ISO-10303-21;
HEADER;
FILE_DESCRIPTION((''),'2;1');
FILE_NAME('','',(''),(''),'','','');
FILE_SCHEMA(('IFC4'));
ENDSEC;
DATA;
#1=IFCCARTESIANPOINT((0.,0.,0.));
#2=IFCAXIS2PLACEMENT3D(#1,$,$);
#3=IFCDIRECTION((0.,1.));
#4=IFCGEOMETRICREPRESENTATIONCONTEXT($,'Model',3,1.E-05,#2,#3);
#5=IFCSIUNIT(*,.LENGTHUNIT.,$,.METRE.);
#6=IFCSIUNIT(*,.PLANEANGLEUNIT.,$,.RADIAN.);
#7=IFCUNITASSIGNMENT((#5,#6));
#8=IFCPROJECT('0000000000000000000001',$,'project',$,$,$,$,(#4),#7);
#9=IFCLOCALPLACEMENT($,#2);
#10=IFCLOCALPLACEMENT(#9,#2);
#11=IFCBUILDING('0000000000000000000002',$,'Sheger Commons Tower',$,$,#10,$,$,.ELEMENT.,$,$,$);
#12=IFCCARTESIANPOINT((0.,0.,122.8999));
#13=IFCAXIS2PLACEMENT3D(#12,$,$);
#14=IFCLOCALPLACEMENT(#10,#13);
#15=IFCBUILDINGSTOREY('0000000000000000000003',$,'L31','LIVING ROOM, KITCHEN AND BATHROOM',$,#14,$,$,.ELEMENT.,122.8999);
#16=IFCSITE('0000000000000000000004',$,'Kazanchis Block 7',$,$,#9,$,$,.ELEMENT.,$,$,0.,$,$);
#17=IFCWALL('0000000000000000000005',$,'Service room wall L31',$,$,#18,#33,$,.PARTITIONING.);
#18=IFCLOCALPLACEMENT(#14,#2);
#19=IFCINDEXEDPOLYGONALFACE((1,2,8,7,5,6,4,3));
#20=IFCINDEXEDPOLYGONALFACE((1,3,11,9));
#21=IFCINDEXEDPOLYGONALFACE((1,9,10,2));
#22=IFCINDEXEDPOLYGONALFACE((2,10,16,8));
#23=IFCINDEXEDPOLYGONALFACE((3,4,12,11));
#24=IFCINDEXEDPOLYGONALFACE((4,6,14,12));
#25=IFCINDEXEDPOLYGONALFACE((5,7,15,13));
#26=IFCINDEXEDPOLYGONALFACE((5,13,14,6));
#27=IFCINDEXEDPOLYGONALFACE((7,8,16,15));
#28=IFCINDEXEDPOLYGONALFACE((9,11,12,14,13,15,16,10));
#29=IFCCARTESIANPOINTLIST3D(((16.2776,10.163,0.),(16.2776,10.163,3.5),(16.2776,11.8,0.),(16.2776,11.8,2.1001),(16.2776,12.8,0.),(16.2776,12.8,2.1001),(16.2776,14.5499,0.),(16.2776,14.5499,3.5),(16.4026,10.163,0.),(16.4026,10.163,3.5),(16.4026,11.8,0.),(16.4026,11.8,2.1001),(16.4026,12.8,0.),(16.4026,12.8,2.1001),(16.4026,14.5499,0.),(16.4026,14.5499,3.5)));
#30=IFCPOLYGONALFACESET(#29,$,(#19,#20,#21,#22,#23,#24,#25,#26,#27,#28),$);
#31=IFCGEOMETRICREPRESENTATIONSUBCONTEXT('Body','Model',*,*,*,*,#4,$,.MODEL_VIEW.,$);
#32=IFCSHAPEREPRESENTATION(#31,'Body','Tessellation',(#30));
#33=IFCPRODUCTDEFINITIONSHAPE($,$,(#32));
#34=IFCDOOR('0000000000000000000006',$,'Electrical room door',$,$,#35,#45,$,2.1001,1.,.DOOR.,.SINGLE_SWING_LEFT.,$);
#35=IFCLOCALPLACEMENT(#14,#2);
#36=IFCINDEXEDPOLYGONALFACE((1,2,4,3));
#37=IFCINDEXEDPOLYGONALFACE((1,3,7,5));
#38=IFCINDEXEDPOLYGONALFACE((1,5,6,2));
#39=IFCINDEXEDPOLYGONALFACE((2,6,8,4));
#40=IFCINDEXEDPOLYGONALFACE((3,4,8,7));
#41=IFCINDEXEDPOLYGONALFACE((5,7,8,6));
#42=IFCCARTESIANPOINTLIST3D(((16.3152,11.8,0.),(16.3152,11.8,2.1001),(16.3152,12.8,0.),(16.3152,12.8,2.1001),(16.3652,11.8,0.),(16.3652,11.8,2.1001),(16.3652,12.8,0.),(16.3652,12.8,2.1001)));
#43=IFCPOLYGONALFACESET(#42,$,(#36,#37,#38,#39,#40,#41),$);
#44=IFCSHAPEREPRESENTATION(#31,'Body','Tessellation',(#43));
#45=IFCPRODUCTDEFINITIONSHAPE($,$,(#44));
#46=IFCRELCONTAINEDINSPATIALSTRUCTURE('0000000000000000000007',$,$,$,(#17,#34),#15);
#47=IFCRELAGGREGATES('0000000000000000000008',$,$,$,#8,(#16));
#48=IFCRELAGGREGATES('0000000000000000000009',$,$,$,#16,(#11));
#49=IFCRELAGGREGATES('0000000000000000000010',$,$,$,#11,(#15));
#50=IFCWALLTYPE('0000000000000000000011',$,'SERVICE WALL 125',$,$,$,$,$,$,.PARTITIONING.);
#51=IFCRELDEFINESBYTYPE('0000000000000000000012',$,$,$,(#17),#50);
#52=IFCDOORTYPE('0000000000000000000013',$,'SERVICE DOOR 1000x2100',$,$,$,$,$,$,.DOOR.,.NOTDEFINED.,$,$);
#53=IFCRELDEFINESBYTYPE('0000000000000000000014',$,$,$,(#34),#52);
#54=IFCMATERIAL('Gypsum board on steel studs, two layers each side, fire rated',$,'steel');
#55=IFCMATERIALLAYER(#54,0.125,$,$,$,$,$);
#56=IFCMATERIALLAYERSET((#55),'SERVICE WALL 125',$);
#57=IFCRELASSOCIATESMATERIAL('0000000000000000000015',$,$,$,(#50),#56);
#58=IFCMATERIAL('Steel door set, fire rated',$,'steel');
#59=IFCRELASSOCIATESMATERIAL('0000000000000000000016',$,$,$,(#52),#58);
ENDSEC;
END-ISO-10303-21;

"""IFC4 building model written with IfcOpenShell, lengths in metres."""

from ifc_helpers import new_model, si_unit, direction, frame, frame_2d, origin, place, context, subcontext, project, spatial, rectangle, extrude, material, layer, layer_set, type_object, element, fill, save


model = new_model("IFC4")

# Units and contexts
model_context = context("Model", 3, precision=1e-05, world=origin(), true_north=direction((0.0, 1.0)))
body_context = subcontext(model_context, "Body", "Model", "MODEL_VIEW")
ifc_project = project(units=[si_unit("LENGTHUNIT", "METRE"), si_unit("PLANEANGLEUNIT", "RADIAN")], contexts=[model_context])

# Site, building, storey
site_placement = place(None, origin())
site = spatial("IfcSite", under=ifc_project, at=site_placement, Name="Kazanchis Block 7", CompositionType="ELEMENT", RefElevation=0.0)
building_placement = place(site_placement, origin())
building = spatial("IfcBuilding", under=site, at=building_placement, Name="Sheger Commons Tower", CompositionType="ELEMENT")
storey_placement = place(building_placement, frame((0.0, 0.0, 122.8999)))
storey = spatial("IfcBuildingStorey", under=building, at=storey_placement, Name="L31", Description="LIVING ROOM, KITCHEN AND BATHROOM", CompositionType="ELEMENT", Elevation=122.8999)

# Shared definitions
ifc_material_1 = material(Name="Gypsum board on steel studs, two layers each side, fire rated", Category="steel")
ifc_layer_1 = layer(ifc_material_1, 0.125)
ifc_layer_set_1 = layer_set([ifc_layer_1], Name="SERVICE WALL 125")
wall_type_1 = type_object("IfcWallType", Name="SERVICE WALL 125", PredefinedType="PARTITIONING", material=ifc_layer_set_1)
ifc_material_2 = material(Name="Steel door set, fire rated", Category="steel")
door_type_1 = type_object("IfcDoorType", Name="SERVICE DOOR 1000x2100", OperationType="NOTDEFINED", PredefinedType="DOOR", material=ifc_material_2)

# Wall, opening, door
wall_1_placement = place(storey_placement, frame((16.3401, 10.1631, 0.0), z_axis=(0.0, 0.0, 1.0), x_axis=(0.0, 1.0, 0.0)))
wall_1 = element("IfcWall", 1, at=wall_1_placement, inside=storey, type_object=wall_type_1, Name="Service room wall L31", PredefinedType="PARTITIONING", context=body_context, shape_type="SweptSolid", body=[
    extrude(rectangle(XDim=4.387, YDim=0.125, at=frame_2d((2.1934, 0.0))), origin(), (0.0, 0.0, 1.0), 3.5),
])
opening_1_placement = place(wall_1_placement, frame((1.637, 0.0, 0.0)))
opening_1 = element("IfcOpeningElement", 2, at=opening_1_placement, cuts=wall_1, PredefinedType="OPENING", context=body_context, shape_type="SweptSolid", body=[
    extrude(rectangle(XDim=1.0, YDim=2.1001, at=frame_2d((0.5, 1.05))), frame((0.0, 0.0725, 0.0), z_axis=(0.0, -1.0, 0.0), x_axis=(1.0, 0.0, 0.0)), (0.0, 0.0, 1.0), 0.145),
])
door_1_placement = place(opening_1_placement, origin())
door_1 = element("IfcDoor", 3, at=door_1_placement, inside=storey, type_object=door_type_1, Name="Electrical room door", OperationType="SINGLE_SWING_LEFT", OverallHeight=2.1001, OverallWidth=1.0, PredefinedType="DOOR", context=body_context, shape_type="SweptSolid", body=[
    extrude(rectangle(XDim=1.0, YDim=2.1001, at=frame_2d((0.5, 1.05))), frame((0.0, 0.0249, 0.0), z_axis=(0.0, -1.0, 0.0), x_axis=(1.0, 0.0, 0.0)), (0.0, 0.0, 1.0), 0.05),
])
fill(opening_1, door_1)

save(model, "model.ifc")
